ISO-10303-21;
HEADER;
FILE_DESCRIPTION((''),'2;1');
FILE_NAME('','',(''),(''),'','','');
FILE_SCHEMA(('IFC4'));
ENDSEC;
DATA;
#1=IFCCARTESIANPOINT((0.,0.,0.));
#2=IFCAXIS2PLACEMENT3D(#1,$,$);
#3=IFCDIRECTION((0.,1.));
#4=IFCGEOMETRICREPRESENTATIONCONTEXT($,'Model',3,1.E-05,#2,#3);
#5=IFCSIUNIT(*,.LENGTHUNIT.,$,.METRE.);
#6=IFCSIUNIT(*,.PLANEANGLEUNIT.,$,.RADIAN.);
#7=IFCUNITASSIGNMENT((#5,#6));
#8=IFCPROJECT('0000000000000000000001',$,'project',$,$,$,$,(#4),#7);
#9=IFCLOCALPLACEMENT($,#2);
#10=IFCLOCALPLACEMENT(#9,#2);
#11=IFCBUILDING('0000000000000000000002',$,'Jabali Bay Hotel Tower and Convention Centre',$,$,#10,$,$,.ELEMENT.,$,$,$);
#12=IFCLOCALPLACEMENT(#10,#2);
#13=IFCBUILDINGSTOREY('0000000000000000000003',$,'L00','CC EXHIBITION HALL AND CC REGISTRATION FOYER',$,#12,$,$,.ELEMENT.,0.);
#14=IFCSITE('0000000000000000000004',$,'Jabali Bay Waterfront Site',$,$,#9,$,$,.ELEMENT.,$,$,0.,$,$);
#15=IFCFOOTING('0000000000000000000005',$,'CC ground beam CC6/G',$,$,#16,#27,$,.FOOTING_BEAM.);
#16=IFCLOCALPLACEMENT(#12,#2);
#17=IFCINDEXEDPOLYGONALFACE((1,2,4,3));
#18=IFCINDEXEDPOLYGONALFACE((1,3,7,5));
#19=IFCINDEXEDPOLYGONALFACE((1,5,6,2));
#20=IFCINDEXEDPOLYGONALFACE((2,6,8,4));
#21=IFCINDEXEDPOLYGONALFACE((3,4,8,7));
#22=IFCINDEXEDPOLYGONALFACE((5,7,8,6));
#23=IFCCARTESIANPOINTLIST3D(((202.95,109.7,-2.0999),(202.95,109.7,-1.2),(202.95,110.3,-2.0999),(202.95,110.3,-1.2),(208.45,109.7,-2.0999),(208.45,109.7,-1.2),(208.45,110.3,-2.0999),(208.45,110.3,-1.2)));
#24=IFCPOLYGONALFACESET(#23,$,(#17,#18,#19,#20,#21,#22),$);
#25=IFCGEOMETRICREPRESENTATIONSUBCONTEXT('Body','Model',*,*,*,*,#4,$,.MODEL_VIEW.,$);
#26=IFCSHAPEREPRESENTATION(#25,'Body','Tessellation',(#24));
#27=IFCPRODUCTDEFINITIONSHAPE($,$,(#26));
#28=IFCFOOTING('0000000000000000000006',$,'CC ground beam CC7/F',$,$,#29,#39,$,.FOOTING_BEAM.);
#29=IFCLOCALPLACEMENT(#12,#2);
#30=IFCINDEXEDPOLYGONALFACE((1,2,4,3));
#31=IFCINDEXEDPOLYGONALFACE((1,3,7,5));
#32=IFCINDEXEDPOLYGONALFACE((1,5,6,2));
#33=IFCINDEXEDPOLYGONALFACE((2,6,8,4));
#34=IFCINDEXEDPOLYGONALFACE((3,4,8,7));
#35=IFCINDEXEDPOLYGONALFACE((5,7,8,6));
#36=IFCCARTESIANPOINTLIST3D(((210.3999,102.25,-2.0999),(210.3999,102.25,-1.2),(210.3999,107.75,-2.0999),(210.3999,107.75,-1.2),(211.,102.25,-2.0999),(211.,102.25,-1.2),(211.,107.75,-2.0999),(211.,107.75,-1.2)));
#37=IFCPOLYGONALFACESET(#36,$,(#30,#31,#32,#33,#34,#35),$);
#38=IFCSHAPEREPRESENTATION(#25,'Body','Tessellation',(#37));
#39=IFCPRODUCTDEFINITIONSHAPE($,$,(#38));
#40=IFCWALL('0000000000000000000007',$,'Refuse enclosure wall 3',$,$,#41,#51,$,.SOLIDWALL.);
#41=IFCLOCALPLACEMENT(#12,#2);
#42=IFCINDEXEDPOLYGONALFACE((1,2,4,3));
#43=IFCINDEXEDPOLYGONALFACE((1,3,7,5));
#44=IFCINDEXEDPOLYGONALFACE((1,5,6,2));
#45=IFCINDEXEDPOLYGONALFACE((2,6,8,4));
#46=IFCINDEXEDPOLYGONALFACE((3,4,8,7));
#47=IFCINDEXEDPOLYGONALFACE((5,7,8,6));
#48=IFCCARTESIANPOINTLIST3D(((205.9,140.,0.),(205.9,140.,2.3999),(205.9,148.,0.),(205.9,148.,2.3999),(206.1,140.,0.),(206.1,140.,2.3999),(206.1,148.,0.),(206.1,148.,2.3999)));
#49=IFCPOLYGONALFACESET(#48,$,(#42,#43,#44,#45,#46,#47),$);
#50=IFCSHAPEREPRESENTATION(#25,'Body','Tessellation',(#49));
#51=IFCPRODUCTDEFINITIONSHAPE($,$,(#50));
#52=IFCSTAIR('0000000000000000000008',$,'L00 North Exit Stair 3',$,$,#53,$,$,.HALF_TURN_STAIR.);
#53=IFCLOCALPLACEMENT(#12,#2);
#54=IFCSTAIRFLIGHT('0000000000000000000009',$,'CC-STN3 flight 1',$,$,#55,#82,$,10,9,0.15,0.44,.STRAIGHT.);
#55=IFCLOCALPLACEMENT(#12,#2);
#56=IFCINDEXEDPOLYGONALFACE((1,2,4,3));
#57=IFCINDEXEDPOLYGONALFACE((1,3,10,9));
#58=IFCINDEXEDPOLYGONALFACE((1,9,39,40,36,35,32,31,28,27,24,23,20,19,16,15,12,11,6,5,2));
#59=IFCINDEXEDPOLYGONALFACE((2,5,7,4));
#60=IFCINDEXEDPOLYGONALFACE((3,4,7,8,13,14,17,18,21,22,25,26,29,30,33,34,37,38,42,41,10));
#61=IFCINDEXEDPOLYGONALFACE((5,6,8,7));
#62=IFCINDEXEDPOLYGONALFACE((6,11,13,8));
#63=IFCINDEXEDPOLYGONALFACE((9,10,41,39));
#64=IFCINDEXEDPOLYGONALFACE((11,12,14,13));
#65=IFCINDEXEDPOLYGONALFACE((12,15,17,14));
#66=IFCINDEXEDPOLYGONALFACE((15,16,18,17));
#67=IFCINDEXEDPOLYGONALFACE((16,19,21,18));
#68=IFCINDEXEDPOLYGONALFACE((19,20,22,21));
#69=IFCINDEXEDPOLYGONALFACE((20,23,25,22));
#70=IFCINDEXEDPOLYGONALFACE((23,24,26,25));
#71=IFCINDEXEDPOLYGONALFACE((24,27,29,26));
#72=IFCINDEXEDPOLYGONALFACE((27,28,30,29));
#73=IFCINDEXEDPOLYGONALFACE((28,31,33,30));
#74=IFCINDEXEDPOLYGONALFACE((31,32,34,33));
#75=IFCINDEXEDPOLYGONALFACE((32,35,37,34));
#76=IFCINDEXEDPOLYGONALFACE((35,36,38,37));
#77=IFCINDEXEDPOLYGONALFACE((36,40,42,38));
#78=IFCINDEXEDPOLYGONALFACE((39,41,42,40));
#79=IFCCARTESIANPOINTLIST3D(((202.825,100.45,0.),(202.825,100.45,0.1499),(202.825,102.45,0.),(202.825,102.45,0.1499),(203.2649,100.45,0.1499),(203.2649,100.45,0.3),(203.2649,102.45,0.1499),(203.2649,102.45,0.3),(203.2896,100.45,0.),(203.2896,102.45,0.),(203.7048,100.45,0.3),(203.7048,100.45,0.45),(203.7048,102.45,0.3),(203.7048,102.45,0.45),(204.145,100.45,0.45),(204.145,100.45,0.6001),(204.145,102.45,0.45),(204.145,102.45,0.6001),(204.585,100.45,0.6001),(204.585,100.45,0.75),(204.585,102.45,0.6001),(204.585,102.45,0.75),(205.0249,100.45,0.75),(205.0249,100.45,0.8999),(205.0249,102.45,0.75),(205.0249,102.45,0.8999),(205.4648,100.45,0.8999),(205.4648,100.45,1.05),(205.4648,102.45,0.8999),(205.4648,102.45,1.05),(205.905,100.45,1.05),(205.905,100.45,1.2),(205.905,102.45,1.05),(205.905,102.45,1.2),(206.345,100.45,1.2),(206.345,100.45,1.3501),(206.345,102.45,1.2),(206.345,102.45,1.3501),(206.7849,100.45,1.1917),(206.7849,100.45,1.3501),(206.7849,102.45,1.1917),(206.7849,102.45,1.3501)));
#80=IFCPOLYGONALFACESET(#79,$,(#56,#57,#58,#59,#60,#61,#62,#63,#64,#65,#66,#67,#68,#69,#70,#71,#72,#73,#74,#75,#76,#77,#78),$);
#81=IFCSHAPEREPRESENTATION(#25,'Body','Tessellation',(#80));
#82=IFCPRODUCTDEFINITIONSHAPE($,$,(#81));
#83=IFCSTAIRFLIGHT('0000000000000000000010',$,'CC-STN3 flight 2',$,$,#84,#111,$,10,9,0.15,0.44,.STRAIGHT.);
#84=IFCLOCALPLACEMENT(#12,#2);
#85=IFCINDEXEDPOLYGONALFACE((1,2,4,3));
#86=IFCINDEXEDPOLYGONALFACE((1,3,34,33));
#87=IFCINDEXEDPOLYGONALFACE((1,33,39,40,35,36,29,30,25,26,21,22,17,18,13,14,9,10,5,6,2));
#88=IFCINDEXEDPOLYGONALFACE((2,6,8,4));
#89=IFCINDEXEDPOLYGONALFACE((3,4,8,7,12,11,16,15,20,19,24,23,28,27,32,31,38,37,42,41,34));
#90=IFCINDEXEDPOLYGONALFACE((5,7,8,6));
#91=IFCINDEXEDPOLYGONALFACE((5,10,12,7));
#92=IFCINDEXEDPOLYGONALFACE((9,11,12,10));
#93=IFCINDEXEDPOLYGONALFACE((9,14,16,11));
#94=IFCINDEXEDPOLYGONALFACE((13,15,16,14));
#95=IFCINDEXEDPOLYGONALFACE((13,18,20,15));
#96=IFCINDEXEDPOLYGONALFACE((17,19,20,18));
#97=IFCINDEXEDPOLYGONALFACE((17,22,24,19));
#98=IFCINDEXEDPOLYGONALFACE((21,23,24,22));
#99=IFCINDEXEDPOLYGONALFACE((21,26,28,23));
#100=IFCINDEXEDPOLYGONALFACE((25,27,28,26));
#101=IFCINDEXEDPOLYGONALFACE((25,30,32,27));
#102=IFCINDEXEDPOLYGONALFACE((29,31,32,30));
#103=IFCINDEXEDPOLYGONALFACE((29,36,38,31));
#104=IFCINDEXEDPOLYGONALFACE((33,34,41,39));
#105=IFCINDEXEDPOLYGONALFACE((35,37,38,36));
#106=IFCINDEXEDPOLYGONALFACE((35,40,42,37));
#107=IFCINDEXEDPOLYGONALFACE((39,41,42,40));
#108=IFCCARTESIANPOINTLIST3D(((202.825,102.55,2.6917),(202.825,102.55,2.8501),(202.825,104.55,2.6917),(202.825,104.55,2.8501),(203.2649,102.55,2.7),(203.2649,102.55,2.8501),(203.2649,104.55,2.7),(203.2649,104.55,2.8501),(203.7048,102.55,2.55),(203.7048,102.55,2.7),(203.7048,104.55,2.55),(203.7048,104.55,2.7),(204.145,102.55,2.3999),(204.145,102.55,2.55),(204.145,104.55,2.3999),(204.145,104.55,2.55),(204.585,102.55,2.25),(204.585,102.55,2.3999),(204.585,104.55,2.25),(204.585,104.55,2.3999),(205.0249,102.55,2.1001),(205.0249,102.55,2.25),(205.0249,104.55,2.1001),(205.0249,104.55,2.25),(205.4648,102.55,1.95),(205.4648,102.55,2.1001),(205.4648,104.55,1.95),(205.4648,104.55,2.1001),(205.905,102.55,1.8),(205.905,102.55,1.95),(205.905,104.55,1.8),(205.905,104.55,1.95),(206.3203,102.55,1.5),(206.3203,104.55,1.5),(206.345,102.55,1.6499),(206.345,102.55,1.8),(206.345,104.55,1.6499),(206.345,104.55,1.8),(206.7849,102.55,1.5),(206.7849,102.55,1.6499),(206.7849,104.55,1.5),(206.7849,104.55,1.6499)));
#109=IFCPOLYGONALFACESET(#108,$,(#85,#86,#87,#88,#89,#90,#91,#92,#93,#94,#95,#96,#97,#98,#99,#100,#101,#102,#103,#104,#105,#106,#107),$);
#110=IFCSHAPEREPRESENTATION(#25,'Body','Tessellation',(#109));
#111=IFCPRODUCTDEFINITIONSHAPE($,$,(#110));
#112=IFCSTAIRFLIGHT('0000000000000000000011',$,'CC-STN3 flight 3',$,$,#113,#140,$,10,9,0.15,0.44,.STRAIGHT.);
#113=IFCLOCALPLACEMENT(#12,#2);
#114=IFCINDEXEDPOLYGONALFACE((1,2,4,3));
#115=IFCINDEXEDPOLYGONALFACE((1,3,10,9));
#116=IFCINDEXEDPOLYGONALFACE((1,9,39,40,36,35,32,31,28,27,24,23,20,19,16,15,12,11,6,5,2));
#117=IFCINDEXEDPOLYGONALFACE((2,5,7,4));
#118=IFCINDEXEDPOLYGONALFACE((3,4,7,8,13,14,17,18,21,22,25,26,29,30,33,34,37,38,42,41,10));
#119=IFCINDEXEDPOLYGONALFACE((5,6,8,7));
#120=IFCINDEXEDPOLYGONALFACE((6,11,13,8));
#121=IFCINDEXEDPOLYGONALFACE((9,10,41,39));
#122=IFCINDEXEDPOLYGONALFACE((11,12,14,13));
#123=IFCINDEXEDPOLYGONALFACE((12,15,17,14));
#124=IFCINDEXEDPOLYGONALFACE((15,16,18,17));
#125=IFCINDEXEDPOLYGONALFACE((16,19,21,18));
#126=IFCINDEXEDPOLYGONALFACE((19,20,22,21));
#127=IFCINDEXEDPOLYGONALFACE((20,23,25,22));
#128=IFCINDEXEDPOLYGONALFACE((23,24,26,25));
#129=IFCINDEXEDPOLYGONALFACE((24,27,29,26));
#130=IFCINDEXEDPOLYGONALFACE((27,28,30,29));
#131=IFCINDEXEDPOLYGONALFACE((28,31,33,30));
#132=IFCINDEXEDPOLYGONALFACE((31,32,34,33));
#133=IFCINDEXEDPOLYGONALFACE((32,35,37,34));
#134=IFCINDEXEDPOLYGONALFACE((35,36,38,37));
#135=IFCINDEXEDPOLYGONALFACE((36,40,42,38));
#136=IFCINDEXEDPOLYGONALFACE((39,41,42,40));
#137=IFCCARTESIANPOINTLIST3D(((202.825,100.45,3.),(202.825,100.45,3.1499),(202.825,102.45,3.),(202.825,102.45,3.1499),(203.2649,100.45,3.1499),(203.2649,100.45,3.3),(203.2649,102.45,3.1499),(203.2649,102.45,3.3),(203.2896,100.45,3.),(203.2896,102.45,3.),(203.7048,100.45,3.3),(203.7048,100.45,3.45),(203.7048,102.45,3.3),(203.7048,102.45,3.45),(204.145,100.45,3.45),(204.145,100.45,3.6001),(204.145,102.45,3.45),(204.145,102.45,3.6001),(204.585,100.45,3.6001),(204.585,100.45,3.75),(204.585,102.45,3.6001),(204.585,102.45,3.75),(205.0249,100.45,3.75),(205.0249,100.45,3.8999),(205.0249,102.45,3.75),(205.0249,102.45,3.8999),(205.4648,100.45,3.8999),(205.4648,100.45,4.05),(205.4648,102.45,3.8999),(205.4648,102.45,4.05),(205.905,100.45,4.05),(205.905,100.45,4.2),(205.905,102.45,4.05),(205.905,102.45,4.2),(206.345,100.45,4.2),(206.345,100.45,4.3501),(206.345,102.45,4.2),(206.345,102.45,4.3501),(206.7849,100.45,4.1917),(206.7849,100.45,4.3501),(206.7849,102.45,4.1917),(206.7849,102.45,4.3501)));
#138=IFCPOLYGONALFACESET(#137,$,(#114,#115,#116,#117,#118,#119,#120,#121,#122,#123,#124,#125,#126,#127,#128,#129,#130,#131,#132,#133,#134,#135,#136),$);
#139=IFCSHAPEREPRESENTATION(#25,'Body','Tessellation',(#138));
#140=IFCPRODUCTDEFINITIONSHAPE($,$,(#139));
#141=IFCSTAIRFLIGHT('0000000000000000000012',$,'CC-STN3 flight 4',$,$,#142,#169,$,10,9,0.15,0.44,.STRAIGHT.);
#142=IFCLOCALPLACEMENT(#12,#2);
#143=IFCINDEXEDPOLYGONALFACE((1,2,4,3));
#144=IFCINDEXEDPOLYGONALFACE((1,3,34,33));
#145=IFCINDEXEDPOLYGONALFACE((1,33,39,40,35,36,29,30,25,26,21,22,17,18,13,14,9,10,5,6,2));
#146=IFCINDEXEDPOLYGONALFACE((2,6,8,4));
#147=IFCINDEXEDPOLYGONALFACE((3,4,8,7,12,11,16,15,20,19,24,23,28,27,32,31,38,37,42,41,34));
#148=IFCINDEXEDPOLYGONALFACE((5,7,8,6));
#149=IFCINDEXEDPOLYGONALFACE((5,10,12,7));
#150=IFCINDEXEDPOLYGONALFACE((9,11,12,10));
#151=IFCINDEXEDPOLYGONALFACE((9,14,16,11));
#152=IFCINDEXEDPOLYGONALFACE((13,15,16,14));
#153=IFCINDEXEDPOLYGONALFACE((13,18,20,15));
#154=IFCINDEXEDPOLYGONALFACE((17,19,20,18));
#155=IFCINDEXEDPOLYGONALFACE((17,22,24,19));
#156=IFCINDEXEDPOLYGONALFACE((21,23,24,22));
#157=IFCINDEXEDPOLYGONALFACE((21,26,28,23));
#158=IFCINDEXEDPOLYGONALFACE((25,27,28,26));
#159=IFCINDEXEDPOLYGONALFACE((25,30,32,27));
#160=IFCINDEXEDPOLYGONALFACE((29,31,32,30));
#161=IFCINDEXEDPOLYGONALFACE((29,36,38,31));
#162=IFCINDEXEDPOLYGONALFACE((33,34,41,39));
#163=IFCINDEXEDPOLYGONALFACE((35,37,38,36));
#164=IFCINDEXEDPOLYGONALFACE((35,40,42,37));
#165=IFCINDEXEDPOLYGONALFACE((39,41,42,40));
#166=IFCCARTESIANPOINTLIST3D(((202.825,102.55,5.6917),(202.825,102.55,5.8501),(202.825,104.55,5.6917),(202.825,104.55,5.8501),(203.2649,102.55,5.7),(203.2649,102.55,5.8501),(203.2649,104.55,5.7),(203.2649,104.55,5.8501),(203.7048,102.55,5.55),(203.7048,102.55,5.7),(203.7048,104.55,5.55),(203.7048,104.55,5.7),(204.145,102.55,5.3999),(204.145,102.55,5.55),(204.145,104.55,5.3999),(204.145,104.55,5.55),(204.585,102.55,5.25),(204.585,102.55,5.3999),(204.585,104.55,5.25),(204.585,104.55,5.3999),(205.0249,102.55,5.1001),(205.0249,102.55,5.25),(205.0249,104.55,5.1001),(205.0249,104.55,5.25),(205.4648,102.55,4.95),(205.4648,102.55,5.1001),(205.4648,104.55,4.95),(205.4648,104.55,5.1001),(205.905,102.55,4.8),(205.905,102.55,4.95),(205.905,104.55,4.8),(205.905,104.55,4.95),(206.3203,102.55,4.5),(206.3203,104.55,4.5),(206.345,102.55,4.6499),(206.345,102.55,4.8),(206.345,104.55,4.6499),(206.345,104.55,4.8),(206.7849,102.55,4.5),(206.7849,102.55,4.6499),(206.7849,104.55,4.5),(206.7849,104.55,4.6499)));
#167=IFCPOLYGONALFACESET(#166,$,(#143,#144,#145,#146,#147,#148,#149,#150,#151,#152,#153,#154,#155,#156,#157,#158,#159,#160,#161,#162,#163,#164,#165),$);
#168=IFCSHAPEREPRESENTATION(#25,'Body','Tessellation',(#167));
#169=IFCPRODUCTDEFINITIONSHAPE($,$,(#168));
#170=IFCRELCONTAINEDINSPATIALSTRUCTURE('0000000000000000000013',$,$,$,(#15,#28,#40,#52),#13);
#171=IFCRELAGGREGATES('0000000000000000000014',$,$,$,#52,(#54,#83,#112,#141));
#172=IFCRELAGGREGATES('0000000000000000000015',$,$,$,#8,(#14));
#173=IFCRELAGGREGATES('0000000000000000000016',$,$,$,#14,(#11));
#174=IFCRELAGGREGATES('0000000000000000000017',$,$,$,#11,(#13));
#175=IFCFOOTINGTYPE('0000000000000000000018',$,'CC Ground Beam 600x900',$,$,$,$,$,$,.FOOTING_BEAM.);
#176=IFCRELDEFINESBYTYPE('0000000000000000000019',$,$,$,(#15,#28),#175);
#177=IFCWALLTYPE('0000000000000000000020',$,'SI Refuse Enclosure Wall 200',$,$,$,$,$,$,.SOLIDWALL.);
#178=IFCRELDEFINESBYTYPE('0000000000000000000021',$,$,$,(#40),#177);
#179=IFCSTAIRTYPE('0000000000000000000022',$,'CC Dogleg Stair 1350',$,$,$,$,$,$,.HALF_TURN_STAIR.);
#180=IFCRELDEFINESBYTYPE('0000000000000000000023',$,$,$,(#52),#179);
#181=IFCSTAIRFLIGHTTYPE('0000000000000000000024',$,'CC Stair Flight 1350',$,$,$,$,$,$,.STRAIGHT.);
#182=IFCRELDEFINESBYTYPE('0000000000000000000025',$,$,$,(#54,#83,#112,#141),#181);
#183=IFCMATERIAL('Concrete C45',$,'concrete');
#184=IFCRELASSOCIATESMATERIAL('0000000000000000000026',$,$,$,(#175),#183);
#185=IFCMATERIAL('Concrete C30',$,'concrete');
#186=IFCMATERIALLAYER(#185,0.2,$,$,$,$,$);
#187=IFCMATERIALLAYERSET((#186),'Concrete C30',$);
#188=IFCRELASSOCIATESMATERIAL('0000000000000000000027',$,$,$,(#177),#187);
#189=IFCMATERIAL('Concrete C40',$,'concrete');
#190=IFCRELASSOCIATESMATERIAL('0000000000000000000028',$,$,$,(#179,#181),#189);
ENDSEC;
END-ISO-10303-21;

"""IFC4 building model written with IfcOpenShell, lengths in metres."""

from ifc_helpers import new_model, si_unit, direction, frame, frame_2d, origin, origin_2d, place, context, subcontext, project, spatial, polyline, rectangle, outline, extrude, material, layer, layer_set, material_profile, profile_set, type_object, element, aggregate, save


model = new_model("IFC4")

# Units and contexts
model_context = context("Model", 3, precision=1e-05, world=origin(), true_north=direction((0.0, 1.0)))
body_context = subcontext(model_context, "Body", "Model", "MODEL_VIEW")
ifc_project = project(units=[si_unit("LENGTHUNIT", "METRE"), si_unit("PLANEANGLEUNIT", "RADIAN")], contexts=[model_context])

# Site, building, storey
site_placement = place(None, origin())
site = spatial("IfcSite", under=ifc_project, at=site_placement, Name="Jabali Bay Waterfront Site", CompositionType="ELEMENT", RefElevation=0.0)
building_placement = place(site_placement, origin())
building = spatial("IfcBuilding", under=site, at=building_placement, Name="Jabali Bay Hotel Tower and Convention Centre", CompositionType="ELEMENT")
storey_placement = place(building_placement, origin())
storey = spatial("IfcBuildingStorey", under=building, at=storey_placement, Name="L00", Description="CC EXHIBITION HALL AND CC REGISTRATION FOYER", CompositionType="ELEMENT", Elevation=0.0)

# Footings
ifc_material_1 = material(Name="Concrete C45", Category="concrete")
ifc_material_profile = material_profile(ifc_material_1, rectangle(XDim=0.6001, YDim=0.8999, at=origin_2d()), Name="RC 600x900")
ifc_profile_set = profile_set([ifc_material_profile], Name="Concrete C45")
footing_type = type_object("IfcFootingType", Name="CC Ground Beam 600x900", PredefinedType="FOOTING_BEAM", material=ifc_profile_set)
for number, where, z_axis, x_axis, name in (
    (1, (202.95, 110.0, -1.6499), (1.0, 0.0, 0.0), (0.0, 1.0, 0.0), "CC ground beam CC6/G"),
    (2, (210.7, 102.25, -1.6499), (0.0, 1.0, 0.0), (-1.0, 0.0, 0.0), "CC ground beam CC7/F"),
):
    element("IfcFooting", number, at=place(storey_placement, frame(where, z_axis=z_axis, x_axis=x_axis)), inside=storey, type_object=footing_type, Name=name, PredefinedType="FOOTING_BEAM", context=body_context, shape_type="SweptSolid", body=[
        extrude(rectangle(XDim=0.6001, YDim=0.8999, at=origin_2d()), origin(), (0.0, 0.0, 1.0), 5.5),
    ])

# Wall
ifc_material_2 = material(Name="Concrete C30", Category="concrete")
ifc_layer = layer(ifc_material_2, 0.2)
ifc_layer_set = layer_set([ifc_layer], Name="Concrete C30")
wall_type = type_object("IfcWallType", Name="SI Refuse Enclosure Wall 200", PredefinedType="SOLIDWALL", material=ifc_layer_set)
wall_placement = place(storey_placement, frame((206.0, 140.0, 0.0), z_axis=(0.0, 0.0, 1.0), x_axis=(0.0, 1.0, 0.0)))
element("IfcWall", 3, at=wall_placement, inside=storey, type_object=wall_type, Name="Refuse enclosure wall 3", PredefinedType="SOLIDWALL", context=body_context, shape_type="SweptSolid", body=[
    extrude(rectangle(XDim=8.0, YDim=0.2, at=frame_2d((4.0, 0.0))), origin(), (0.0, 0.0, 1.0), 2.3999),
])

# Stair, stair flights
ifc_material_3 = material(Name="Concrete C40", Category="concrete")
stair_type = type_object("IfcStairType", Name="CC Dogleg Stair 1350", PredefinedType="HALF_TURN_STAIR", material=ifc_material_3)
stair_placement = place(storey_placement, origin())
stair = element("IfcStair", 4, at=stair_placement, inside=storey, type_object=stair_type, Name="L00 North Exit Stair 3", PredefinedType="HALF_TURN_STAIR")
stair_flight_type = type_object("IfcStairFlightType", Name="CC Stair Flight 1350", PredefinedType="STRAIGHT", material=ifc_material_3)
stair_flight_1_placement = place(storey_placement, frame((202.825, 101.45, 0.0), z_axis=(0.0, 0.0, 1.0), x_axis=(1.0, 0.0, 0.0)))
stair_flight_1 = element("IfcStairFlight", 5, at=stair_flight_1_placement, type_object=stair_flight_type, Name="CC-STN3 flight 1", NumberOfRisers=10, NumberOfTreads=9, PredefinedType="STRAIGHT", RiserHeight=0.15, TreadLength=0.44, context=body_context, shape_type="SweptSolid", body=[
    extrude(outline(polyline([(0.0, 0.0), (0.0, 0.1499), (0.4399, 0.1499), (0.4399, 0.3), (0.8799, 0.3), (0.8799, 0.45), (1.3201, 0.45), (1.3201, 0.6001), (1.76, 0.6001), (1.76, 0.75), (2.2, 0.75), (2.2, 0.8999), (2.6399, 0.8999), (2.6399, 1.05), (3.0801, 1.05), (3.0801, 1.2), (3.52, 1.2), (3.52, 1.3501), (3.96, 1.3501), (3.96, 1.5), (3.96, 1.1917), (0.4646, 0.0), (0.0, 0.0)])), frame((0.0, 1.0, 0.0), z_axis=(0.0, -1.0, 0.0), x_axis=(1.0, 0.0, 0.0)), (0.0, 0.0, 1.0), 2.0),
])
stair_flight_2_placement = place(storey_placement, frame((206.7849, 103.55, 1.5), z_axis=(0.0, 0.0, 1.0), x_axis=(-1.0, 0.0, 0.0)))
stair_flight_2 = element("IfcStairFlight", 6, at=stair_flight_2_placement, type_object=stair_flight_type, Name="CC-STN3 flight 2", NumberOfRisers=10, NumberOfTreads=9, PredefinedType="STRAIGHT", RiserHeight=0.15, TreadLength=0.44, context=body_context, shape_type="SweptSolid", body=[
    extrude(outline(polyline([(0.0, 0.0), (0.0, 0.1499), (0.4399, 0.1499), (0.4399, 0.3), (0.8799, 0.3), (0.8799, 0.45), (1.3201, 0.45), (1.3201, 0.6001), (1.76, 0.6001), (1.76, 0.75), (2.2, 0.75), (2.2, 0.8999), (2.6399, 0.8999), (2.6399, 1.05), (3.0801, 1.05), (3.0801, 1.2), (3.52, 1.2), (3.52, 1.3501), (3.96, 1.3501), (3.96, 1.5), (3.96, 1.1917), (0.4646, 0.0), (0.0, 0.0)])), frame((0.0, 1.0, 0.0), z_axis=(0.0, -1.0, 0.0), x_axis=(1.0, 0.0, 0.0)), (0.0, 0.0, 1.0), 2.0),
])
stair_flight_3_placement = place(storey_placement, frame((202.825, 101.45, 3.0), z_axis=(0.0, 0.0, 1.0), x_axis=(1.0, 0.0, 0.0)))
stair_flight_3 = element("IfcStairFlight", 7, at=stair_flight_3_placement, type_object=stair_flight_type, Name="CC-STN3 flight 3", NumberOfRisers=10, NumberOfTreads=9, PredefinedType="STRAIGHT", RiserHeight=0.15, TreadLength=0.44, context=body_context, shape_type="SweptSolid", body=[
    extrude(outline(polyline([(0.0, 0.0), (0.0, 0.1499), (0.4399, 0.1499), (0.4399, 0.3), (0.8799, 0.3), (0.8799, 0.45), (1.3201, 0.45), (1.3201, 0.6001), (1.76, 0.6001), (1.76, 0.75), (2.2, 0.75), (2.2, 0.8999), (2.6399, 0.8999), (2.6399, 1.05), (3.0801, 1.05), (3.0801, 1.2), (3.52, 1.2), (3.52, 1.3501), (3.96, 1.3501), (3.96, 1.5), (3.96, 1.1917), (0.4646, 0.0), (0.0, 0.0)])), frame((0.0, 1.0, 0.0), z_axis=(0.0, -1.0, 0.0), x_axis=(1.0, 0.0, 0.0)), (0.0, 0.0, 1.0), 2.0),
])
stair_flight_4_placement = place(storey_placement, frame((206.7849, 103.55, 4.5), z_axis=(0.0, 0.0, 1.0), x_axis=(-1.0, 0.0, 0.0)))
stair_flight_4 = element("IfcStairFlight", 8, at=stair_flight_4_placement, type_object=stair_flight_type, Name="CC-STN3 flight 4", NumberOfRisers=10, NumberOfTreads=9, PredefinedType="STRAIGHT", RiserHeight=0.15, TreadLength=0.44, context=body_context, shape_type="SweptSolid", body=[
    extrude(outline(polyline([(0.0, 0.0), (0.0, 0.1499), (0.4399, 0.1499), (0.4399, 0.3), (0.8799, 0.3), (0.8799, 0.45), (1.3201, 0.45), (1.3201, 0.6001), (1.76, 0.6001), (1.76, 0.75), (2.2, 0.75), (2.2, 0.8999), (2.6399, 0.8999), (2.6399, 1.05), (3.0801, 1.05), (3.0801, 1.2), (3.52, 1.2), (3.52, 1.3501), (3.96, 1.3501), (3.96, 1.5), (3.96, 1.1917), (0.4646, 0.0), (0.0, 0.0)])), frame((0.0, 1.0, 0.0), z_axis=(0.0, -1.0, 0.0), x_axis=(1.0, 0.0, 0.0)), (0.0, 0.0, 1.0), 2.0),
])
aggregate(stair, [stair_flight_1, stair_flight_2, stair_flight_3, stair_flight_4])

save(model, "model.ifc")
